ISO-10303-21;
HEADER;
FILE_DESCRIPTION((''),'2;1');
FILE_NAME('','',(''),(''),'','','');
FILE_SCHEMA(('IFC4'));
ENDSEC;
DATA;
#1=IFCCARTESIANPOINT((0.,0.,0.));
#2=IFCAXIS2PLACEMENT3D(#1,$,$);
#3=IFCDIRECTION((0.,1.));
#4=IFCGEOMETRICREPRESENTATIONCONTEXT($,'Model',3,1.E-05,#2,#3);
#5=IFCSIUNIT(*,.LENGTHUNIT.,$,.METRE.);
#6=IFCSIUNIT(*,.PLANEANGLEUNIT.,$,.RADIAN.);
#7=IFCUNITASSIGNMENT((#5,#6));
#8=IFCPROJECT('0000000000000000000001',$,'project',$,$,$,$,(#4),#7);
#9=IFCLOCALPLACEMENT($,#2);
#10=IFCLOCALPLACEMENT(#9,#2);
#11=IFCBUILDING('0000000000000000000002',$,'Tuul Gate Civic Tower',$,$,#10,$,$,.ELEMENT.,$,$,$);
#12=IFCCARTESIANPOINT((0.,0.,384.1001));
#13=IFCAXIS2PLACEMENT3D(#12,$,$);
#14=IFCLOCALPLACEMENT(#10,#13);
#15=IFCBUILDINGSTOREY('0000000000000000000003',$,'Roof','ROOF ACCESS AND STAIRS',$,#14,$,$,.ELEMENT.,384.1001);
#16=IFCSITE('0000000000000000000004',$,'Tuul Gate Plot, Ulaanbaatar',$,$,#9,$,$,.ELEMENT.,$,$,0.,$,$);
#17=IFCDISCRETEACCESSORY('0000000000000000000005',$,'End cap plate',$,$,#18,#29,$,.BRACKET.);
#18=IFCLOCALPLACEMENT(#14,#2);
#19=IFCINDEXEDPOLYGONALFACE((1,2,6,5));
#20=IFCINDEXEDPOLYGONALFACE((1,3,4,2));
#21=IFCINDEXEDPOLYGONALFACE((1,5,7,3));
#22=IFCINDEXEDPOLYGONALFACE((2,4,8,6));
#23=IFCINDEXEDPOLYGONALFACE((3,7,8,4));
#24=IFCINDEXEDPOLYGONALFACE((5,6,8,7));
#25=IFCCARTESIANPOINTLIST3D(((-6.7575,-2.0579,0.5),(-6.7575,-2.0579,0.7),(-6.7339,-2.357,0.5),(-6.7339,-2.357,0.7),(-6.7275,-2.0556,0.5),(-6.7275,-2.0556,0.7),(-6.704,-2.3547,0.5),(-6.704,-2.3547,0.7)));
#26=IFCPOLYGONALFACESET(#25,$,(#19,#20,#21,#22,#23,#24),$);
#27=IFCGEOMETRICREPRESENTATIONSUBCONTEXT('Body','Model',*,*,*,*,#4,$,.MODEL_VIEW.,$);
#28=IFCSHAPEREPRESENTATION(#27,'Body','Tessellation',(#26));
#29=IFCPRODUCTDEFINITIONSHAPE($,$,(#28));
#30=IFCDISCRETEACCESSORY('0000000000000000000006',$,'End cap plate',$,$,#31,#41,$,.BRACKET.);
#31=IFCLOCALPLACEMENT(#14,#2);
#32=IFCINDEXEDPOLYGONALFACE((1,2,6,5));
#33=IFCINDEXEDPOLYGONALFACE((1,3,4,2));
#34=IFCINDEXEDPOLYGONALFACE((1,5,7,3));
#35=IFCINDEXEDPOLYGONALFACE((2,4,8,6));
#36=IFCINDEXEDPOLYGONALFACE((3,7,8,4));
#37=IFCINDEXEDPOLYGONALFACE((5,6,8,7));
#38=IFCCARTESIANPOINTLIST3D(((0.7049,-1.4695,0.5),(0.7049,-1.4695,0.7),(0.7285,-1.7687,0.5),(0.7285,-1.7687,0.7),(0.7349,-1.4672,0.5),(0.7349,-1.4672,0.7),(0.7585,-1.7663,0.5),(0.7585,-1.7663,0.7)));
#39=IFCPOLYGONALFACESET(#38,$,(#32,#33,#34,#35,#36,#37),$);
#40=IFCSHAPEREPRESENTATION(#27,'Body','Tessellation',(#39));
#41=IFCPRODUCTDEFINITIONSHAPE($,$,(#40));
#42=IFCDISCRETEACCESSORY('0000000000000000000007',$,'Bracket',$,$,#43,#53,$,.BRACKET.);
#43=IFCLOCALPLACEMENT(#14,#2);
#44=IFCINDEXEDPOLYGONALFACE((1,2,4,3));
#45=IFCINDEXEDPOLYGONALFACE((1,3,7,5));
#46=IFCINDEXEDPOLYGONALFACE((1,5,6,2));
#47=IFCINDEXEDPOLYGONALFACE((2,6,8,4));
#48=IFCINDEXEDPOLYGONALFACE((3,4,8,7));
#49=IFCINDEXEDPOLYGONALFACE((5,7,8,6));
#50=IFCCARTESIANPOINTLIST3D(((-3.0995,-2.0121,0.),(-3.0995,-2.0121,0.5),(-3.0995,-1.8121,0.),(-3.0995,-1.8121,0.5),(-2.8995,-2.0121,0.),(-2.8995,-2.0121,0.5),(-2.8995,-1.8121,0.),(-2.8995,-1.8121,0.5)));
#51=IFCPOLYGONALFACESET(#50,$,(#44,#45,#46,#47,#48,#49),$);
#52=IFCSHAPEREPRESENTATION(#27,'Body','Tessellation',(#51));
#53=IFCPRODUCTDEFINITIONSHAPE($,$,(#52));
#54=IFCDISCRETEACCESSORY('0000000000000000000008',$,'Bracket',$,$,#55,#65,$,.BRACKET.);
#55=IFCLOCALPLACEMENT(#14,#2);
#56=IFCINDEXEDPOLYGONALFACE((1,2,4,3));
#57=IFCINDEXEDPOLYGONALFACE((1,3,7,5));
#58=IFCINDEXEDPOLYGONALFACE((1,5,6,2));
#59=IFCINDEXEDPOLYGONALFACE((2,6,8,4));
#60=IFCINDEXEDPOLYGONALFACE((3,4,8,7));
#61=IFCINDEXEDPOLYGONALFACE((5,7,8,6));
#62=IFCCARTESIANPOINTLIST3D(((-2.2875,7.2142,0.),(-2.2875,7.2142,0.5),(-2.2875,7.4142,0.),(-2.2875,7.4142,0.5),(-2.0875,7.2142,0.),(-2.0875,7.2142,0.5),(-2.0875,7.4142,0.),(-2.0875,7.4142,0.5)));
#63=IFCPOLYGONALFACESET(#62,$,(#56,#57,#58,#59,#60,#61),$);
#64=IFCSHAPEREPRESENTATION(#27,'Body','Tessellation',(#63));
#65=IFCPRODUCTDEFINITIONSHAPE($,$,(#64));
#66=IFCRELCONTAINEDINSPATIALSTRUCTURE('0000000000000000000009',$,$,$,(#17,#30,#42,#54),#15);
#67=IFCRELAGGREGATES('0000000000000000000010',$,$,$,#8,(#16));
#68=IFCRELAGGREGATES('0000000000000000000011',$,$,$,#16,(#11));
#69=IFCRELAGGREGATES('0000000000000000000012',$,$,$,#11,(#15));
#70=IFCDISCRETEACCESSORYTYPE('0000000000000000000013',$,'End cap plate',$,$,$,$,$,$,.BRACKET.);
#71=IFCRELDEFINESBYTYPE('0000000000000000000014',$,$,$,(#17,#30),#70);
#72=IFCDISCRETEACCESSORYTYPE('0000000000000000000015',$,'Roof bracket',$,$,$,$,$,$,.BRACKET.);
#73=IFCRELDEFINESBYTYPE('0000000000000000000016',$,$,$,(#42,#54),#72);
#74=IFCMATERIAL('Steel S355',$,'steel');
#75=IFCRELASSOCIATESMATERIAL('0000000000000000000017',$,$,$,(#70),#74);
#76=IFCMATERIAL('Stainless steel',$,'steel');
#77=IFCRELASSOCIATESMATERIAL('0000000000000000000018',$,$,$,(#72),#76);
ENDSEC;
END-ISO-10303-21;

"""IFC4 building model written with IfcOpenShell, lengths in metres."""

from ifc_helpers import new_model, si_unit, direction, frame, origin, origin_2d, place, context, subcontext, project, spatial, rectangle, extrude, material, type_object, element, save


model = new_model("IFC4")

# Units and contexts
model_context = context("Model", 3, precision=1e-05, world=origin(), true_north=direction((0.0, 1.0)))
body_context = subcontext(model_context, "Body", "Model", "MODEL_VIEW")
ifc_project = project(units=[si_unit("LENGTHUNIT", "METRE"), si_unit("PLANEANGLEUNIT", "RADIAN")], contexts=[model_context])

# Site, building, storey
site_placement = place(None, origin())
site = spatial("IfcSite", under=ifc_project, at=site_placement, Name="Tuul Gate Plot, Ulaanbaatar", CompositionType="ELEMENT", RefElevation=0.0)
building_placement = place(site_placement, origin())
building = spatial("IfcBuilding", under=site, at=building_placement, Name="Tuul Gate Civic Tower", CompositionType="ELEMENT")
storey_placement = place(building_placement, frame((0.0, 0.0, 384.1001)))
storey = spatial("IfcBuildingStorey", under=building, at=storey_placement, Name="Roof", Description="ROOF ACCESS AND STAIRS", CompositionType="ELEMENT", Elevation=384.1001)

# Discrete accessories
ifc_material_1 = material(Name="Steel S355", Category="steel")
discrete_accessory_type_1 = type_object("IfcDiscreteAccessoryType", Name="End cap plate", PredefinedType="BRACKET", material=ifc_material_1)
for number, where, z_axis, x_axis, name in (
    (1, (-6.7307, -2.2063, 0.5), (0.0, 0.0, 1.0), (0.996905, 0.078617, 0.0), "End cap plate"),
    (2, (0.7317, -1.6179, 0.5), (0.0, 0.0, 1.0), (0.996905, 0.078617, 0.0), "End cap plate"),
):
    element("IfcDiscreteAccessory", number, at=place(storey_placement, frame(where, z_axis=z_axis, x_axis=x_axis)), inside=storey, type_object=discrete_accessory_type_1, Name=name, PredefinedType="BRACKET", context=body_context, shape_type="SweptSolid", body=[
        extrude(rectangle(XDim=0.03, YDim=0.3, at=origin_2d()), origin(), (0.0, 0.0, 1.0), 0.2),
    ])
ifc_material_2 = material(Name="Stainless steel", Category="steel")
discrete_accessory_type_2 = type_object("IfcDiscreteAccessoryType", Name="Roof bracket", PredefinedType="BRACKET", material=ifc_material_2)
for number, where, z_axis, x_axis, name in (
    (3, (-2.9995, -1.9121, 0.0), (0.0, 0.0, 1.0), (1.0, 0.0, 0.0), "Bracket"),
    (4, (-2.1875, 7.3142, 0.0), (0.0, 0.0, 1.0), (1.0, 0.0, 0.0), "Bracket"),
):
    element("IfcDiscreteAccessory", number, at=place(storey_placement, frame(where, z_axis=z_axis, x_axis=x_axis)), inside=storey, type_object=discrete_accessory_type_2, Name=name, PredefinedType="BRACKET", context=body_context, shape_type="SweptSolid", body=[
        extrude(rectangle(XDim=0.2, YDim=0.2, at=origin_2d()), origin(), (0.0, 0.0, 1.0), 0.5),
    ])

save(model, "model.ifc")
